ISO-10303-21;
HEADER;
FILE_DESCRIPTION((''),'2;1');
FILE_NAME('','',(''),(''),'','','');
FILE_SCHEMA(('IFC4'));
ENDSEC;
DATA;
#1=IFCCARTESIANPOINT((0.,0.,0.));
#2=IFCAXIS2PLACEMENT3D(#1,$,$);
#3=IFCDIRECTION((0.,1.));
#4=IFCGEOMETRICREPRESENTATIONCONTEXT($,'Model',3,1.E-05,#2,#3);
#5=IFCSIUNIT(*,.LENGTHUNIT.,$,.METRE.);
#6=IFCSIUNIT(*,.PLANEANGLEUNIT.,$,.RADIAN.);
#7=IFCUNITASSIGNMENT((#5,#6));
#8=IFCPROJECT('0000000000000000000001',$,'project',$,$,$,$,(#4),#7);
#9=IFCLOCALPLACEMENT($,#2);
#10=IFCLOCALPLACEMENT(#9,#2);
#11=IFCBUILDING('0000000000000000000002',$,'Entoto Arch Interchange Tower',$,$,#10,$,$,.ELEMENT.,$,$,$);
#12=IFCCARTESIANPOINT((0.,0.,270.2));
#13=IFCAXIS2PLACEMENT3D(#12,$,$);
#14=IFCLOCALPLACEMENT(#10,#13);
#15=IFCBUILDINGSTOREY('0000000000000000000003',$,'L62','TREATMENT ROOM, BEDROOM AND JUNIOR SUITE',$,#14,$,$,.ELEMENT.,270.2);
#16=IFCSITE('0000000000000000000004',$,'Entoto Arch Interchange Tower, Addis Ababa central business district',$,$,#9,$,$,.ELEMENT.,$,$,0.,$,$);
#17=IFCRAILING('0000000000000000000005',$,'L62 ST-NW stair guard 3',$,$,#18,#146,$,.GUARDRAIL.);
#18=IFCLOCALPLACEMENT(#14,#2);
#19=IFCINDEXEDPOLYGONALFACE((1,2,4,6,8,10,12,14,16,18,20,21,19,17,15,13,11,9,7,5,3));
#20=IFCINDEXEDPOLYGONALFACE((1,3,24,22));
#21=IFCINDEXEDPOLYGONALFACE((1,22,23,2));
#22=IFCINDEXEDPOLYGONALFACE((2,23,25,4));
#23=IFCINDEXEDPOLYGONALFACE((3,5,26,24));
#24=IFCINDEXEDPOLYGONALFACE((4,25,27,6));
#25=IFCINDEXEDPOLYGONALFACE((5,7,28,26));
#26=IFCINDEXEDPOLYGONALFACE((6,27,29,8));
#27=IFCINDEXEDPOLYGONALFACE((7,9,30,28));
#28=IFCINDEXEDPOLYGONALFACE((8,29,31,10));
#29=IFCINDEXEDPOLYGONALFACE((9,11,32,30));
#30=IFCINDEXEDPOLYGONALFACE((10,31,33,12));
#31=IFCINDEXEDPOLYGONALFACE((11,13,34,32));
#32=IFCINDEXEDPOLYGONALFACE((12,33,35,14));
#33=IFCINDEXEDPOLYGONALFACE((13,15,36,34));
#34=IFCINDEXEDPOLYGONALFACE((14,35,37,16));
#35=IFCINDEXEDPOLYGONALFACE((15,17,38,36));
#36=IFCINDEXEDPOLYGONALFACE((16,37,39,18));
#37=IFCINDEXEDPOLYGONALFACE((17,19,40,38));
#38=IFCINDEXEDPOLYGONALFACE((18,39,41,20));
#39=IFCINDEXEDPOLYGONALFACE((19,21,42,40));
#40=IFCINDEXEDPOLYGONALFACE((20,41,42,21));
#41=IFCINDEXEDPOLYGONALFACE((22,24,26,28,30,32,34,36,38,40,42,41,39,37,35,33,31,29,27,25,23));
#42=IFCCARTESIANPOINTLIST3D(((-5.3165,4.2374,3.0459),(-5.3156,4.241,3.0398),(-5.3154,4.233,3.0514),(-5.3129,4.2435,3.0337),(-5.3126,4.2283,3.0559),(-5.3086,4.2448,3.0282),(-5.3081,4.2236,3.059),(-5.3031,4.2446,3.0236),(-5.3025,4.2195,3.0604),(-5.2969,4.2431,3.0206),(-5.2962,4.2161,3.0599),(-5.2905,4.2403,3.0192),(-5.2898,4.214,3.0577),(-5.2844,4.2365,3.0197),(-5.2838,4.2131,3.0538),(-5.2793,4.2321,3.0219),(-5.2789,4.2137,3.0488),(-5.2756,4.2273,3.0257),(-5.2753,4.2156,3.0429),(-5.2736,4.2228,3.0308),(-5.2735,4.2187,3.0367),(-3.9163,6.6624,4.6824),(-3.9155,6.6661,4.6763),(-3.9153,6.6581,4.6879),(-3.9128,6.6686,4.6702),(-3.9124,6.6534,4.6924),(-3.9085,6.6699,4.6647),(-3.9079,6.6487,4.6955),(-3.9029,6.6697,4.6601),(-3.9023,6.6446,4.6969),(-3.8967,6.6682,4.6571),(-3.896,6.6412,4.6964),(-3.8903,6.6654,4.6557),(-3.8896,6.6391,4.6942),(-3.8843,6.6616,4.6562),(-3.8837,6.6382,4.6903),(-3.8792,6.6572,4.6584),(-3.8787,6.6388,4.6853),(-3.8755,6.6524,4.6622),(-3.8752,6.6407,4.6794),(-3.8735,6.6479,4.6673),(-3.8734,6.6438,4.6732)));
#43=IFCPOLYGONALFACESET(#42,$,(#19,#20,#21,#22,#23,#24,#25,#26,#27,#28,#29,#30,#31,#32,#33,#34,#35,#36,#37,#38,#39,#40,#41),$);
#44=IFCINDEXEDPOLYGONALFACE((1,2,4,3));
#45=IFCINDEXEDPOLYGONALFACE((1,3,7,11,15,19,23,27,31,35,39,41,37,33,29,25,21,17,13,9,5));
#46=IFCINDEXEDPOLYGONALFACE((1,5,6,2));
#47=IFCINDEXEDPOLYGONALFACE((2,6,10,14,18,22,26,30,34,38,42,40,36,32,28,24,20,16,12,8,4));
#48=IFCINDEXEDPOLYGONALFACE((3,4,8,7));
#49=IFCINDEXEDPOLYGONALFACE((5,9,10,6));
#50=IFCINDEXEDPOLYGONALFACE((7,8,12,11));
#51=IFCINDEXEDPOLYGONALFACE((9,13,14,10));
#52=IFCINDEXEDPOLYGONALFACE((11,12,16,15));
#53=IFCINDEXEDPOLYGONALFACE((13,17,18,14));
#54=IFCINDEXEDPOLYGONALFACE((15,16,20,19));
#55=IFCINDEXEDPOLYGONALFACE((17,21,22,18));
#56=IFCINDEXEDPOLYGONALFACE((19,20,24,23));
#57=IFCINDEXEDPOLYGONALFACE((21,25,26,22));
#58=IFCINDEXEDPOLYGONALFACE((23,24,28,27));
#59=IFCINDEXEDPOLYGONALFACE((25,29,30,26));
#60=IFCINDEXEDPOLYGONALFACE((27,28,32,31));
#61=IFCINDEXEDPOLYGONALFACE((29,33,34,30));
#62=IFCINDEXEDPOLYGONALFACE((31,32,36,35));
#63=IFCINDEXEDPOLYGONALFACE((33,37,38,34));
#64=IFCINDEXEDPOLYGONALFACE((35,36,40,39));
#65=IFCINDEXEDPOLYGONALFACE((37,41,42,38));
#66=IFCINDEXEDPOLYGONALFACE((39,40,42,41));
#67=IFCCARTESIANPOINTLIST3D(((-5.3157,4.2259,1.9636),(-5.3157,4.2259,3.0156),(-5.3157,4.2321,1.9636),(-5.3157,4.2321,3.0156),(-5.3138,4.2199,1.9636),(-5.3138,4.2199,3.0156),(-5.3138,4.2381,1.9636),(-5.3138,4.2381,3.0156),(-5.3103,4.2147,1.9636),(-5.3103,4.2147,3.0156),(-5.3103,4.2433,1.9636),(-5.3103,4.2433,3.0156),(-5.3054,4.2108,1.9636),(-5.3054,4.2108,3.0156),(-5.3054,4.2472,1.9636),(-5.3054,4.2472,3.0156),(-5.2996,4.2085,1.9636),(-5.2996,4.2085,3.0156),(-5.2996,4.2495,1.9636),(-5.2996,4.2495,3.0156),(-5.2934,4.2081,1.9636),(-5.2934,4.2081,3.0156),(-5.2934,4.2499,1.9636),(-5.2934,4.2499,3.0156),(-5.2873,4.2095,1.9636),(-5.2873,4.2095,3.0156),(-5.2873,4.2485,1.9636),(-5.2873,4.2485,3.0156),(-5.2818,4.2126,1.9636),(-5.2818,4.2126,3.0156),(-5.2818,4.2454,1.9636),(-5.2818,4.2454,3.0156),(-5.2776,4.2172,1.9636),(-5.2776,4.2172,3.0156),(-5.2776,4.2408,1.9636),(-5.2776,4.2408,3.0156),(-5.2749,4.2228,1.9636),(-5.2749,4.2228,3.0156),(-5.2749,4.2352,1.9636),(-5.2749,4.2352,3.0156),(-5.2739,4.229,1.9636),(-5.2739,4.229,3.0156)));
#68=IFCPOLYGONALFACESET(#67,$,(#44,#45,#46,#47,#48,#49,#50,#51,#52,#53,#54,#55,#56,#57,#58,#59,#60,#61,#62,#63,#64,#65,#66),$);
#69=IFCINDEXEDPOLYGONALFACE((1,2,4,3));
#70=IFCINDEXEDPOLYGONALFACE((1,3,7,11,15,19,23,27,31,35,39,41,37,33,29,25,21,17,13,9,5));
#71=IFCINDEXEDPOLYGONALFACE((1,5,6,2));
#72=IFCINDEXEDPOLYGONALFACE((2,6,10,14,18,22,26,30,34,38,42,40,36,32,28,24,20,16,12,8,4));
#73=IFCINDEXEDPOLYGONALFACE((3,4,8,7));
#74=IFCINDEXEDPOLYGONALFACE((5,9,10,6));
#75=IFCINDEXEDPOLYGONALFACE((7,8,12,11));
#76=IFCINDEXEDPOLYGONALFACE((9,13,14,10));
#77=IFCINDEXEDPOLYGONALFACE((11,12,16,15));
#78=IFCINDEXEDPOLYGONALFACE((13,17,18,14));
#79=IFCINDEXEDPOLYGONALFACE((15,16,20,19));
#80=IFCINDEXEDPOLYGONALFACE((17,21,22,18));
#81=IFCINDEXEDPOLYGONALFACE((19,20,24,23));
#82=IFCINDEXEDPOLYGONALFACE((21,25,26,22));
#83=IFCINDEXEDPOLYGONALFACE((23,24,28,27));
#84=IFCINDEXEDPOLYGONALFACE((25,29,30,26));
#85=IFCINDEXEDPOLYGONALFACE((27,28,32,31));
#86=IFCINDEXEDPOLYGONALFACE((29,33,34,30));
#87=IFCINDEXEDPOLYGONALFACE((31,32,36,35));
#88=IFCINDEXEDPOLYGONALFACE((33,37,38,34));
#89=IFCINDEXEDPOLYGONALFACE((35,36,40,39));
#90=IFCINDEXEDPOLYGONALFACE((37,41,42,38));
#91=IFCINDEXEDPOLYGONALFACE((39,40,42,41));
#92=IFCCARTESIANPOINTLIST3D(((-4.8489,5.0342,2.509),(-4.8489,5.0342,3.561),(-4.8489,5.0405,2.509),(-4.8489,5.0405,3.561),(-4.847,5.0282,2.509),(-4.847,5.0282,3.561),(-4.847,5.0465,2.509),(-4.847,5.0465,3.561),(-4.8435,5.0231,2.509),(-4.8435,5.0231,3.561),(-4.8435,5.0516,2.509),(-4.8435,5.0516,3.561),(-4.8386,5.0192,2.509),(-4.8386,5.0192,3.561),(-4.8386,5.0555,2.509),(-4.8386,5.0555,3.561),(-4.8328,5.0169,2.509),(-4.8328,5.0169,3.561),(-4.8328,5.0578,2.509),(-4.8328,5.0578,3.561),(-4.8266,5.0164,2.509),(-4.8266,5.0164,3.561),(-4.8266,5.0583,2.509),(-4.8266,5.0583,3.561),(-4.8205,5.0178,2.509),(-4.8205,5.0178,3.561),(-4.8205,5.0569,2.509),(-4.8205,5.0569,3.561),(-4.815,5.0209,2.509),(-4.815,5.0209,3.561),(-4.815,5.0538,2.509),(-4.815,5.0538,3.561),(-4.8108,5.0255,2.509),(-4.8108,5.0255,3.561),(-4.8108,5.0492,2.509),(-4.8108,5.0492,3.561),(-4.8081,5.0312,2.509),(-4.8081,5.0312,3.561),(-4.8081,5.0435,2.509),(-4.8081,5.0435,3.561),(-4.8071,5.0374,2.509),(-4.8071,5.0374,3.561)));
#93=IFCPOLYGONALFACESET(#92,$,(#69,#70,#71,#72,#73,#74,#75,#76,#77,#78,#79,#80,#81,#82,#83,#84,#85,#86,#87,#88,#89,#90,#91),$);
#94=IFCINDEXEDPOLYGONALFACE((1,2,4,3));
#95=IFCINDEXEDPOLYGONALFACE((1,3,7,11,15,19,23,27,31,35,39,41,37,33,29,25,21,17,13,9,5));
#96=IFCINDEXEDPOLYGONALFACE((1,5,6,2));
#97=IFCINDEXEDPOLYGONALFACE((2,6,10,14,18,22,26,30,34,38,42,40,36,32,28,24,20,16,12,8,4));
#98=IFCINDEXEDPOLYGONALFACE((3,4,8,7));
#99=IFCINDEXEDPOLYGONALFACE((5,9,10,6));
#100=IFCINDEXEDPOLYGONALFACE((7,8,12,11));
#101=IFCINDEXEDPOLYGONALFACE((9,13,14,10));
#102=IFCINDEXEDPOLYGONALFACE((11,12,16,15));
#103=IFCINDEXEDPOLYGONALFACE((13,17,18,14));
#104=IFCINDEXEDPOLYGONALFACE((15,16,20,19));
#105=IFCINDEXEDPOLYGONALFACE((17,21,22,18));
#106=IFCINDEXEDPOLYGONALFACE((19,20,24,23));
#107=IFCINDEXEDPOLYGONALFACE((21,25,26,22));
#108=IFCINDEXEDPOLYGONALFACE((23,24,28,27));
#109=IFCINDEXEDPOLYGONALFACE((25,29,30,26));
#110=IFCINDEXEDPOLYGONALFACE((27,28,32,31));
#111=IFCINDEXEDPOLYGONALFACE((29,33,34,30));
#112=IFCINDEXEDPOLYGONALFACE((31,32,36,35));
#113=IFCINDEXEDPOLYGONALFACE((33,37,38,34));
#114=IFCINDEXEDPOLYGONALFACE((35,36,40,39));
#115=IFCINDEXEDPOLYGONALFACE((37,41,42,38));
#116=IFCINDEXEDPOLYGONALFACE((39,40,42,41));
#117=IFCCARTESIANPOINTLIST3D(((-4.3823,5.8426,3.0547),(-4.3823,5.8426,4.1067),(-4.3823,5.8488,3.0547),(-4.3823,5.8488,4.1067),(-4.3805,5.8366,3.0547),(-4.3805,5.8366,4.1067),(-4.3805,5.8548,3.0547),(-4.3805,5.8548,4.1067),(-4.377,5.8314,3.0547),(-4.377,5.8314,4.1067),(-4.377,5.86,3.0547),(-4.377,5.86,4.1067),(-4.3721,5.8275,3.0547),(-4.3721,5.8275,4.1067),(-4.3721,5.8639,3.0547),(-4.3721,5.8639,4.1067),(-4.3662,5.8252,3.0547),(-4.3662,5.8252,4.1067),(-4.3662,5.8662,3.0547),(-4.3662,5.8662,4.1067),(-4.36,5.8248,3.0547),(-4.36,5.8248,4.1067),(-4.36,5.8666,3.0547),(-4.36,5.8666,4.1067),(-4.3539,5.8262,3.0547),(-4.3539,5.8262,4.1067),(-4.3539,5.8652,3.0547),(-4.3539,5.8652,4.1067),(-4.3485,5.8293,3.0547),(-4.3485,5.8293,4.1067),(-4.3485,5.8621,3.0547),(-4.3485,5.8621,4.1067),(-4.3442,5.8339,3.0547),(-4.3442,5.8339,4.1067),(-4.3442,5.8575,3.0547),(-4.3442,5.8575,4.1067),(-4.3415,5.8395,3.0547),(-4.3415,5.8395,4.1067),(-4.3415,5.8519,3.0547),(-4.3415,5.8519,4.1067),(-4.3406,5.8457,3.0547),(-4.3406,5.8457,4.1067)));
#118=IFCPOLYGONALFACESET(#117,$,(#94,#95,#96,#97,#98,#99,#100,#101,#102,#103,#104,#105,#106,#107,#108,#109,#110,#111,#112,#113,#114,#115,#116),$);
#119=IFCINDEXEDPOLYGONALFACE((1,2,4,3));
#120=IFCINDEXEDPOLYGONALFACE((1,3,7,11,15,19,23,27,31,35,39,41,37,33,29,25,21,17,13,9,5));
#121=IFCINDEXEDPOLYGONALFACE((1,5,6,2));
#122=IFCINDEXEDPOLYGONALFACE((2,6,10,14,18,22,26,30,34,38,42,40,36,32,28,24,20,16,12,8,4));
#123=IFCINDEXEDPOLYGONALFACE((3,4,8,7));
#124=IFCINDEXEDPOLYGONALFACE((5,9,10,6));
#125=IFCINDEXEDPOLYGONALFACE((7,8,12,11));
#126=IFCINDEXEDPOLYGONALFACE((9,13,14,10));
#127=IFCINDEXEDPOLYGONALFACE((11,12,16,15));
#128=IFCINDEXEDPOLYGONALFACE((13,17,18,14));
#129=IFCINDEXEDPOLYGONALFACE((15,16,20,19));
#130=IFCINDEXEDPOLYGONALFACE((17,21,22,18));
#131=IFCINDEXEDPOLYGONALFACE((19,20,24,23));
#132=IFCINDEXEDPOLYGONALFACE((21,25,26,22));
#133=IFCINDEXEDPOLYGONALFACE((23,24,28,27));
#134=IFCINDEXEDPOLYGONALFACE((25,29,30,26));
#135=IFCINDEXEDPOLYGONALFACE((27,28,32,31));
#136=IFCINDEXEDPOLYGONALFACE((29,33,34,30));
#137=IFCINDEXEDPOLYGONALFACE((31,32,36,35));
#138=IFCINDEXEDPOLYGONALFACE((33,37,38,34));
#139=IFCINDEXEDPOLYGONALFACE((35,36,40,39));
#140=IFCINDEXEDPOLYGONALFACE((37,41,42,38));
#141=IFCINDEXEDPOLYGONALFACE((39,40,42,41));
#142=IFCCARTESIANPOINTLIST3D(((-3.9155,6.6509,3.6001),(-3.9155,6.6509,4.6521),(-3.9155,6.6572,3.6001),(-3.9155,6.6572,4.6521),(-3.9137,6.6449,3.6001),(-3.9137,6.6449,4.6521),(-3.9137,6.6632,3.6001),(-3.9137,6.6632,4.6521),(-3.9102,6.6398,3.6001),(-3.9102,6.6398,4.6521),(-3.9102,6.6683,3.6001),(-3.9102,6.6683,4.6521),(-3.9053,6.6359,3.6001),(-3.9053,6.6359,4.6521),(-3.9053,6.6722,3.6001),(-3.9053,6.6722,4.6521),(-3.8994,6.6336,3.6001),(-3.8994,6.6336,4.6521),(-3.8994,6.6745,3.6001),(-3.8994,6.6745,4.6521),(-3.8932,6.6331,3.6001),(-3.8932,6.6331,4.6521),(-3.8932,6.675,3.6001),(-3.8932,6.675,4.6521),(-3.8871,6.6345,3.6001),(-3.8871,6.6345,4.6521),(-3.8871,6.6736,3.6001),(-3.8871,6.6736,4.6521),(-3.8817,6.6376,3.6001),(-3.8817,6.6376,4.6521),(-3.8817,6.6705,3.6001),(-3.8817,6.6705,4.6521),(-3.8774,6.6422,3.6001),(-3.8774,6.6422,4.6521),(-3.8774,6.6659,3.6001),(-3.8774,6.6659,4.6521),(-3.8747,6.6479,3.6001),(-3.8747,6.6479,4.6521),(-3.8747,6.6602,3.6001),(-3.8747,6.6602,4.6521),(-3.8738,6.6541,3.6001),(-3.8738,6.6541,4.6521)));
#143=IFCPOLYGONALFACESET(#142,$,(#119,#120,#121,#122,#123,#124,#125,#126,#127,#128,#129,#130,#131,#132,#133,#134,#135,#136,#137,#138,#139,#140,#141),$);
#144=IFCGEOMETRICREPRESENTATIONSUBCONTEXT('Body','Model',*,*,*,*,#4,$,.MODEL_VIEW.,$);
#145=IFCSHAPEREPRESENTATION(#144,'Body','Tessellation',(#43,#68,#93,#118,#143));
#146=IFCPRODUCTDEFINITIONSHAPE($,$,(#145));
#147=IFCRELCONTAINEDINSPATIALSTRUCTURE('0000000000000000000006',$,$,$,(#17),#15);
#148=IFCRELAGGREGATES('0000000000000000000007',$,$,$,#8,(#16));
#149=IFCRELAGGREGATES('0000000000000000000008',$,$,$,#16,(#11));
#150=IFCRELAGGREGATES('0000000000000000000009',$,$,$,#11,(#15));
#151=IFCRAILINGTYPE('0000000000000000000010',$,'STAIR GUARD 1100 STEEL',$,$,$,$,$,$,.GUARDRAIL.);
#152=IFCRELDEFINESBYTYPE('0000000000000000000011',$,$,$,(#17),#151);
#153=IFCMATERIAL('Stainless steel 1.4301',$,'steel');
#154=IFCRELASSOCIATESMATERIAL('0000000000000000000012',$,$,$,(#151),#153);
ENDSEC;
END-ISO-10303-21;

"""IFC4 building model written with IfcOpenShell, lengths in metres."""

from ifc_helpers import new_model, si_unit, direction, frame, origin, origin_2d, place, context, subcontext, project, spatial, circle, extrude, material, type_object, element, save


model = new_model("IFC4")

# Units and contexts
model_context = context("Model", 3, precision=1e-05, world=origin(), true_north=direction((0.0, 1.0)))
body_context = subcontext(model_context, "Body", "Model", "MODEL_VIEW")
ifc_project = project(units=[si_unit("LENGTHUNIT", "METRE"), si_unit("PLANEANGLEUNIT", "RADIAN")], contexts=[model_context])

# Site, building, storey
site_placement = place(None, origin())
site = spatial("IfcSite", under=ifc_project, at=site_placement, Name="Entoto Arch Interchange Tower, Addis Ababa central business district", CompositionType="ELEMENT", RefElevation=0.0)
building_placement = place(site_placement, origin())
building = spatial("IfcBuilding", under=site, at=building_placement, Name="Entoto Arch Interchange Tower", CompositionType="ELEMENT")
storey_placement = place(building_placement, frame((0.0, 0.0, 270.2)))
storey = spatial("IfcBuildingStorey", under=building, at=storey_placement, Name="L62", Description="TREATMENT ROOM, BEDROOM AND JUNIOR SUITE", CompositionType="ELEMENT", Elevation=270.2)

# Railing
ifc_material_1 = material(Name="Stainless steel 1.4301", Category="steel")
railing_type_1 = type_object("IfcRailingType", Name="STAIR GUARD 1100 STEEL", PredefinedType="GUARDRAIL", material=ifc_material_1)
railing_1_placement = place(storey_placement, frame((-5.2949, 4.229, 1.9636)))
element("IfcRailing", 1, at=railing_1_placement, inside=storey, type_object=railing_type_1, Name="L62 ST-NW stair guard 3", PredefinedType="GUARDRAIL", context=body_context, shape_type="SweptSolid", body=[
    extrude(circle(Radius=0.0239, at=origin_2d()), frame((0.0, 0.0, 1.0762), z_axis=(0.431698, 0.747699, 0.504563), x_axis=(-0.866019, 0.500012, 0.0)), (0.0, 0.0, 1.0), 3.2434),
    extrude(circle(Radius=0.021, at=origin_2d()), origin(), (0.0, 0.0, 1.0), 1.052),
    extrude(circle(Radius=0.021, at=origin_2d()), frame((0.4668, 0.8083, 0.5454)), (0.0, 0.0, 1.0), 1.052),
    extrude(circle(Radius=0.021, at=origin_2d()), frame((0.9333, 1.6167, 1.0911)), (0.0, 0.0, 1.0), 1.052),
    extrude(circle(Radius=0.021, at=origin_2d()), frame((1.4001, 2.425, 1.6365)), (0.0, 0.0, 1.0), 1.052),
])

save(model, "model.ifc")
